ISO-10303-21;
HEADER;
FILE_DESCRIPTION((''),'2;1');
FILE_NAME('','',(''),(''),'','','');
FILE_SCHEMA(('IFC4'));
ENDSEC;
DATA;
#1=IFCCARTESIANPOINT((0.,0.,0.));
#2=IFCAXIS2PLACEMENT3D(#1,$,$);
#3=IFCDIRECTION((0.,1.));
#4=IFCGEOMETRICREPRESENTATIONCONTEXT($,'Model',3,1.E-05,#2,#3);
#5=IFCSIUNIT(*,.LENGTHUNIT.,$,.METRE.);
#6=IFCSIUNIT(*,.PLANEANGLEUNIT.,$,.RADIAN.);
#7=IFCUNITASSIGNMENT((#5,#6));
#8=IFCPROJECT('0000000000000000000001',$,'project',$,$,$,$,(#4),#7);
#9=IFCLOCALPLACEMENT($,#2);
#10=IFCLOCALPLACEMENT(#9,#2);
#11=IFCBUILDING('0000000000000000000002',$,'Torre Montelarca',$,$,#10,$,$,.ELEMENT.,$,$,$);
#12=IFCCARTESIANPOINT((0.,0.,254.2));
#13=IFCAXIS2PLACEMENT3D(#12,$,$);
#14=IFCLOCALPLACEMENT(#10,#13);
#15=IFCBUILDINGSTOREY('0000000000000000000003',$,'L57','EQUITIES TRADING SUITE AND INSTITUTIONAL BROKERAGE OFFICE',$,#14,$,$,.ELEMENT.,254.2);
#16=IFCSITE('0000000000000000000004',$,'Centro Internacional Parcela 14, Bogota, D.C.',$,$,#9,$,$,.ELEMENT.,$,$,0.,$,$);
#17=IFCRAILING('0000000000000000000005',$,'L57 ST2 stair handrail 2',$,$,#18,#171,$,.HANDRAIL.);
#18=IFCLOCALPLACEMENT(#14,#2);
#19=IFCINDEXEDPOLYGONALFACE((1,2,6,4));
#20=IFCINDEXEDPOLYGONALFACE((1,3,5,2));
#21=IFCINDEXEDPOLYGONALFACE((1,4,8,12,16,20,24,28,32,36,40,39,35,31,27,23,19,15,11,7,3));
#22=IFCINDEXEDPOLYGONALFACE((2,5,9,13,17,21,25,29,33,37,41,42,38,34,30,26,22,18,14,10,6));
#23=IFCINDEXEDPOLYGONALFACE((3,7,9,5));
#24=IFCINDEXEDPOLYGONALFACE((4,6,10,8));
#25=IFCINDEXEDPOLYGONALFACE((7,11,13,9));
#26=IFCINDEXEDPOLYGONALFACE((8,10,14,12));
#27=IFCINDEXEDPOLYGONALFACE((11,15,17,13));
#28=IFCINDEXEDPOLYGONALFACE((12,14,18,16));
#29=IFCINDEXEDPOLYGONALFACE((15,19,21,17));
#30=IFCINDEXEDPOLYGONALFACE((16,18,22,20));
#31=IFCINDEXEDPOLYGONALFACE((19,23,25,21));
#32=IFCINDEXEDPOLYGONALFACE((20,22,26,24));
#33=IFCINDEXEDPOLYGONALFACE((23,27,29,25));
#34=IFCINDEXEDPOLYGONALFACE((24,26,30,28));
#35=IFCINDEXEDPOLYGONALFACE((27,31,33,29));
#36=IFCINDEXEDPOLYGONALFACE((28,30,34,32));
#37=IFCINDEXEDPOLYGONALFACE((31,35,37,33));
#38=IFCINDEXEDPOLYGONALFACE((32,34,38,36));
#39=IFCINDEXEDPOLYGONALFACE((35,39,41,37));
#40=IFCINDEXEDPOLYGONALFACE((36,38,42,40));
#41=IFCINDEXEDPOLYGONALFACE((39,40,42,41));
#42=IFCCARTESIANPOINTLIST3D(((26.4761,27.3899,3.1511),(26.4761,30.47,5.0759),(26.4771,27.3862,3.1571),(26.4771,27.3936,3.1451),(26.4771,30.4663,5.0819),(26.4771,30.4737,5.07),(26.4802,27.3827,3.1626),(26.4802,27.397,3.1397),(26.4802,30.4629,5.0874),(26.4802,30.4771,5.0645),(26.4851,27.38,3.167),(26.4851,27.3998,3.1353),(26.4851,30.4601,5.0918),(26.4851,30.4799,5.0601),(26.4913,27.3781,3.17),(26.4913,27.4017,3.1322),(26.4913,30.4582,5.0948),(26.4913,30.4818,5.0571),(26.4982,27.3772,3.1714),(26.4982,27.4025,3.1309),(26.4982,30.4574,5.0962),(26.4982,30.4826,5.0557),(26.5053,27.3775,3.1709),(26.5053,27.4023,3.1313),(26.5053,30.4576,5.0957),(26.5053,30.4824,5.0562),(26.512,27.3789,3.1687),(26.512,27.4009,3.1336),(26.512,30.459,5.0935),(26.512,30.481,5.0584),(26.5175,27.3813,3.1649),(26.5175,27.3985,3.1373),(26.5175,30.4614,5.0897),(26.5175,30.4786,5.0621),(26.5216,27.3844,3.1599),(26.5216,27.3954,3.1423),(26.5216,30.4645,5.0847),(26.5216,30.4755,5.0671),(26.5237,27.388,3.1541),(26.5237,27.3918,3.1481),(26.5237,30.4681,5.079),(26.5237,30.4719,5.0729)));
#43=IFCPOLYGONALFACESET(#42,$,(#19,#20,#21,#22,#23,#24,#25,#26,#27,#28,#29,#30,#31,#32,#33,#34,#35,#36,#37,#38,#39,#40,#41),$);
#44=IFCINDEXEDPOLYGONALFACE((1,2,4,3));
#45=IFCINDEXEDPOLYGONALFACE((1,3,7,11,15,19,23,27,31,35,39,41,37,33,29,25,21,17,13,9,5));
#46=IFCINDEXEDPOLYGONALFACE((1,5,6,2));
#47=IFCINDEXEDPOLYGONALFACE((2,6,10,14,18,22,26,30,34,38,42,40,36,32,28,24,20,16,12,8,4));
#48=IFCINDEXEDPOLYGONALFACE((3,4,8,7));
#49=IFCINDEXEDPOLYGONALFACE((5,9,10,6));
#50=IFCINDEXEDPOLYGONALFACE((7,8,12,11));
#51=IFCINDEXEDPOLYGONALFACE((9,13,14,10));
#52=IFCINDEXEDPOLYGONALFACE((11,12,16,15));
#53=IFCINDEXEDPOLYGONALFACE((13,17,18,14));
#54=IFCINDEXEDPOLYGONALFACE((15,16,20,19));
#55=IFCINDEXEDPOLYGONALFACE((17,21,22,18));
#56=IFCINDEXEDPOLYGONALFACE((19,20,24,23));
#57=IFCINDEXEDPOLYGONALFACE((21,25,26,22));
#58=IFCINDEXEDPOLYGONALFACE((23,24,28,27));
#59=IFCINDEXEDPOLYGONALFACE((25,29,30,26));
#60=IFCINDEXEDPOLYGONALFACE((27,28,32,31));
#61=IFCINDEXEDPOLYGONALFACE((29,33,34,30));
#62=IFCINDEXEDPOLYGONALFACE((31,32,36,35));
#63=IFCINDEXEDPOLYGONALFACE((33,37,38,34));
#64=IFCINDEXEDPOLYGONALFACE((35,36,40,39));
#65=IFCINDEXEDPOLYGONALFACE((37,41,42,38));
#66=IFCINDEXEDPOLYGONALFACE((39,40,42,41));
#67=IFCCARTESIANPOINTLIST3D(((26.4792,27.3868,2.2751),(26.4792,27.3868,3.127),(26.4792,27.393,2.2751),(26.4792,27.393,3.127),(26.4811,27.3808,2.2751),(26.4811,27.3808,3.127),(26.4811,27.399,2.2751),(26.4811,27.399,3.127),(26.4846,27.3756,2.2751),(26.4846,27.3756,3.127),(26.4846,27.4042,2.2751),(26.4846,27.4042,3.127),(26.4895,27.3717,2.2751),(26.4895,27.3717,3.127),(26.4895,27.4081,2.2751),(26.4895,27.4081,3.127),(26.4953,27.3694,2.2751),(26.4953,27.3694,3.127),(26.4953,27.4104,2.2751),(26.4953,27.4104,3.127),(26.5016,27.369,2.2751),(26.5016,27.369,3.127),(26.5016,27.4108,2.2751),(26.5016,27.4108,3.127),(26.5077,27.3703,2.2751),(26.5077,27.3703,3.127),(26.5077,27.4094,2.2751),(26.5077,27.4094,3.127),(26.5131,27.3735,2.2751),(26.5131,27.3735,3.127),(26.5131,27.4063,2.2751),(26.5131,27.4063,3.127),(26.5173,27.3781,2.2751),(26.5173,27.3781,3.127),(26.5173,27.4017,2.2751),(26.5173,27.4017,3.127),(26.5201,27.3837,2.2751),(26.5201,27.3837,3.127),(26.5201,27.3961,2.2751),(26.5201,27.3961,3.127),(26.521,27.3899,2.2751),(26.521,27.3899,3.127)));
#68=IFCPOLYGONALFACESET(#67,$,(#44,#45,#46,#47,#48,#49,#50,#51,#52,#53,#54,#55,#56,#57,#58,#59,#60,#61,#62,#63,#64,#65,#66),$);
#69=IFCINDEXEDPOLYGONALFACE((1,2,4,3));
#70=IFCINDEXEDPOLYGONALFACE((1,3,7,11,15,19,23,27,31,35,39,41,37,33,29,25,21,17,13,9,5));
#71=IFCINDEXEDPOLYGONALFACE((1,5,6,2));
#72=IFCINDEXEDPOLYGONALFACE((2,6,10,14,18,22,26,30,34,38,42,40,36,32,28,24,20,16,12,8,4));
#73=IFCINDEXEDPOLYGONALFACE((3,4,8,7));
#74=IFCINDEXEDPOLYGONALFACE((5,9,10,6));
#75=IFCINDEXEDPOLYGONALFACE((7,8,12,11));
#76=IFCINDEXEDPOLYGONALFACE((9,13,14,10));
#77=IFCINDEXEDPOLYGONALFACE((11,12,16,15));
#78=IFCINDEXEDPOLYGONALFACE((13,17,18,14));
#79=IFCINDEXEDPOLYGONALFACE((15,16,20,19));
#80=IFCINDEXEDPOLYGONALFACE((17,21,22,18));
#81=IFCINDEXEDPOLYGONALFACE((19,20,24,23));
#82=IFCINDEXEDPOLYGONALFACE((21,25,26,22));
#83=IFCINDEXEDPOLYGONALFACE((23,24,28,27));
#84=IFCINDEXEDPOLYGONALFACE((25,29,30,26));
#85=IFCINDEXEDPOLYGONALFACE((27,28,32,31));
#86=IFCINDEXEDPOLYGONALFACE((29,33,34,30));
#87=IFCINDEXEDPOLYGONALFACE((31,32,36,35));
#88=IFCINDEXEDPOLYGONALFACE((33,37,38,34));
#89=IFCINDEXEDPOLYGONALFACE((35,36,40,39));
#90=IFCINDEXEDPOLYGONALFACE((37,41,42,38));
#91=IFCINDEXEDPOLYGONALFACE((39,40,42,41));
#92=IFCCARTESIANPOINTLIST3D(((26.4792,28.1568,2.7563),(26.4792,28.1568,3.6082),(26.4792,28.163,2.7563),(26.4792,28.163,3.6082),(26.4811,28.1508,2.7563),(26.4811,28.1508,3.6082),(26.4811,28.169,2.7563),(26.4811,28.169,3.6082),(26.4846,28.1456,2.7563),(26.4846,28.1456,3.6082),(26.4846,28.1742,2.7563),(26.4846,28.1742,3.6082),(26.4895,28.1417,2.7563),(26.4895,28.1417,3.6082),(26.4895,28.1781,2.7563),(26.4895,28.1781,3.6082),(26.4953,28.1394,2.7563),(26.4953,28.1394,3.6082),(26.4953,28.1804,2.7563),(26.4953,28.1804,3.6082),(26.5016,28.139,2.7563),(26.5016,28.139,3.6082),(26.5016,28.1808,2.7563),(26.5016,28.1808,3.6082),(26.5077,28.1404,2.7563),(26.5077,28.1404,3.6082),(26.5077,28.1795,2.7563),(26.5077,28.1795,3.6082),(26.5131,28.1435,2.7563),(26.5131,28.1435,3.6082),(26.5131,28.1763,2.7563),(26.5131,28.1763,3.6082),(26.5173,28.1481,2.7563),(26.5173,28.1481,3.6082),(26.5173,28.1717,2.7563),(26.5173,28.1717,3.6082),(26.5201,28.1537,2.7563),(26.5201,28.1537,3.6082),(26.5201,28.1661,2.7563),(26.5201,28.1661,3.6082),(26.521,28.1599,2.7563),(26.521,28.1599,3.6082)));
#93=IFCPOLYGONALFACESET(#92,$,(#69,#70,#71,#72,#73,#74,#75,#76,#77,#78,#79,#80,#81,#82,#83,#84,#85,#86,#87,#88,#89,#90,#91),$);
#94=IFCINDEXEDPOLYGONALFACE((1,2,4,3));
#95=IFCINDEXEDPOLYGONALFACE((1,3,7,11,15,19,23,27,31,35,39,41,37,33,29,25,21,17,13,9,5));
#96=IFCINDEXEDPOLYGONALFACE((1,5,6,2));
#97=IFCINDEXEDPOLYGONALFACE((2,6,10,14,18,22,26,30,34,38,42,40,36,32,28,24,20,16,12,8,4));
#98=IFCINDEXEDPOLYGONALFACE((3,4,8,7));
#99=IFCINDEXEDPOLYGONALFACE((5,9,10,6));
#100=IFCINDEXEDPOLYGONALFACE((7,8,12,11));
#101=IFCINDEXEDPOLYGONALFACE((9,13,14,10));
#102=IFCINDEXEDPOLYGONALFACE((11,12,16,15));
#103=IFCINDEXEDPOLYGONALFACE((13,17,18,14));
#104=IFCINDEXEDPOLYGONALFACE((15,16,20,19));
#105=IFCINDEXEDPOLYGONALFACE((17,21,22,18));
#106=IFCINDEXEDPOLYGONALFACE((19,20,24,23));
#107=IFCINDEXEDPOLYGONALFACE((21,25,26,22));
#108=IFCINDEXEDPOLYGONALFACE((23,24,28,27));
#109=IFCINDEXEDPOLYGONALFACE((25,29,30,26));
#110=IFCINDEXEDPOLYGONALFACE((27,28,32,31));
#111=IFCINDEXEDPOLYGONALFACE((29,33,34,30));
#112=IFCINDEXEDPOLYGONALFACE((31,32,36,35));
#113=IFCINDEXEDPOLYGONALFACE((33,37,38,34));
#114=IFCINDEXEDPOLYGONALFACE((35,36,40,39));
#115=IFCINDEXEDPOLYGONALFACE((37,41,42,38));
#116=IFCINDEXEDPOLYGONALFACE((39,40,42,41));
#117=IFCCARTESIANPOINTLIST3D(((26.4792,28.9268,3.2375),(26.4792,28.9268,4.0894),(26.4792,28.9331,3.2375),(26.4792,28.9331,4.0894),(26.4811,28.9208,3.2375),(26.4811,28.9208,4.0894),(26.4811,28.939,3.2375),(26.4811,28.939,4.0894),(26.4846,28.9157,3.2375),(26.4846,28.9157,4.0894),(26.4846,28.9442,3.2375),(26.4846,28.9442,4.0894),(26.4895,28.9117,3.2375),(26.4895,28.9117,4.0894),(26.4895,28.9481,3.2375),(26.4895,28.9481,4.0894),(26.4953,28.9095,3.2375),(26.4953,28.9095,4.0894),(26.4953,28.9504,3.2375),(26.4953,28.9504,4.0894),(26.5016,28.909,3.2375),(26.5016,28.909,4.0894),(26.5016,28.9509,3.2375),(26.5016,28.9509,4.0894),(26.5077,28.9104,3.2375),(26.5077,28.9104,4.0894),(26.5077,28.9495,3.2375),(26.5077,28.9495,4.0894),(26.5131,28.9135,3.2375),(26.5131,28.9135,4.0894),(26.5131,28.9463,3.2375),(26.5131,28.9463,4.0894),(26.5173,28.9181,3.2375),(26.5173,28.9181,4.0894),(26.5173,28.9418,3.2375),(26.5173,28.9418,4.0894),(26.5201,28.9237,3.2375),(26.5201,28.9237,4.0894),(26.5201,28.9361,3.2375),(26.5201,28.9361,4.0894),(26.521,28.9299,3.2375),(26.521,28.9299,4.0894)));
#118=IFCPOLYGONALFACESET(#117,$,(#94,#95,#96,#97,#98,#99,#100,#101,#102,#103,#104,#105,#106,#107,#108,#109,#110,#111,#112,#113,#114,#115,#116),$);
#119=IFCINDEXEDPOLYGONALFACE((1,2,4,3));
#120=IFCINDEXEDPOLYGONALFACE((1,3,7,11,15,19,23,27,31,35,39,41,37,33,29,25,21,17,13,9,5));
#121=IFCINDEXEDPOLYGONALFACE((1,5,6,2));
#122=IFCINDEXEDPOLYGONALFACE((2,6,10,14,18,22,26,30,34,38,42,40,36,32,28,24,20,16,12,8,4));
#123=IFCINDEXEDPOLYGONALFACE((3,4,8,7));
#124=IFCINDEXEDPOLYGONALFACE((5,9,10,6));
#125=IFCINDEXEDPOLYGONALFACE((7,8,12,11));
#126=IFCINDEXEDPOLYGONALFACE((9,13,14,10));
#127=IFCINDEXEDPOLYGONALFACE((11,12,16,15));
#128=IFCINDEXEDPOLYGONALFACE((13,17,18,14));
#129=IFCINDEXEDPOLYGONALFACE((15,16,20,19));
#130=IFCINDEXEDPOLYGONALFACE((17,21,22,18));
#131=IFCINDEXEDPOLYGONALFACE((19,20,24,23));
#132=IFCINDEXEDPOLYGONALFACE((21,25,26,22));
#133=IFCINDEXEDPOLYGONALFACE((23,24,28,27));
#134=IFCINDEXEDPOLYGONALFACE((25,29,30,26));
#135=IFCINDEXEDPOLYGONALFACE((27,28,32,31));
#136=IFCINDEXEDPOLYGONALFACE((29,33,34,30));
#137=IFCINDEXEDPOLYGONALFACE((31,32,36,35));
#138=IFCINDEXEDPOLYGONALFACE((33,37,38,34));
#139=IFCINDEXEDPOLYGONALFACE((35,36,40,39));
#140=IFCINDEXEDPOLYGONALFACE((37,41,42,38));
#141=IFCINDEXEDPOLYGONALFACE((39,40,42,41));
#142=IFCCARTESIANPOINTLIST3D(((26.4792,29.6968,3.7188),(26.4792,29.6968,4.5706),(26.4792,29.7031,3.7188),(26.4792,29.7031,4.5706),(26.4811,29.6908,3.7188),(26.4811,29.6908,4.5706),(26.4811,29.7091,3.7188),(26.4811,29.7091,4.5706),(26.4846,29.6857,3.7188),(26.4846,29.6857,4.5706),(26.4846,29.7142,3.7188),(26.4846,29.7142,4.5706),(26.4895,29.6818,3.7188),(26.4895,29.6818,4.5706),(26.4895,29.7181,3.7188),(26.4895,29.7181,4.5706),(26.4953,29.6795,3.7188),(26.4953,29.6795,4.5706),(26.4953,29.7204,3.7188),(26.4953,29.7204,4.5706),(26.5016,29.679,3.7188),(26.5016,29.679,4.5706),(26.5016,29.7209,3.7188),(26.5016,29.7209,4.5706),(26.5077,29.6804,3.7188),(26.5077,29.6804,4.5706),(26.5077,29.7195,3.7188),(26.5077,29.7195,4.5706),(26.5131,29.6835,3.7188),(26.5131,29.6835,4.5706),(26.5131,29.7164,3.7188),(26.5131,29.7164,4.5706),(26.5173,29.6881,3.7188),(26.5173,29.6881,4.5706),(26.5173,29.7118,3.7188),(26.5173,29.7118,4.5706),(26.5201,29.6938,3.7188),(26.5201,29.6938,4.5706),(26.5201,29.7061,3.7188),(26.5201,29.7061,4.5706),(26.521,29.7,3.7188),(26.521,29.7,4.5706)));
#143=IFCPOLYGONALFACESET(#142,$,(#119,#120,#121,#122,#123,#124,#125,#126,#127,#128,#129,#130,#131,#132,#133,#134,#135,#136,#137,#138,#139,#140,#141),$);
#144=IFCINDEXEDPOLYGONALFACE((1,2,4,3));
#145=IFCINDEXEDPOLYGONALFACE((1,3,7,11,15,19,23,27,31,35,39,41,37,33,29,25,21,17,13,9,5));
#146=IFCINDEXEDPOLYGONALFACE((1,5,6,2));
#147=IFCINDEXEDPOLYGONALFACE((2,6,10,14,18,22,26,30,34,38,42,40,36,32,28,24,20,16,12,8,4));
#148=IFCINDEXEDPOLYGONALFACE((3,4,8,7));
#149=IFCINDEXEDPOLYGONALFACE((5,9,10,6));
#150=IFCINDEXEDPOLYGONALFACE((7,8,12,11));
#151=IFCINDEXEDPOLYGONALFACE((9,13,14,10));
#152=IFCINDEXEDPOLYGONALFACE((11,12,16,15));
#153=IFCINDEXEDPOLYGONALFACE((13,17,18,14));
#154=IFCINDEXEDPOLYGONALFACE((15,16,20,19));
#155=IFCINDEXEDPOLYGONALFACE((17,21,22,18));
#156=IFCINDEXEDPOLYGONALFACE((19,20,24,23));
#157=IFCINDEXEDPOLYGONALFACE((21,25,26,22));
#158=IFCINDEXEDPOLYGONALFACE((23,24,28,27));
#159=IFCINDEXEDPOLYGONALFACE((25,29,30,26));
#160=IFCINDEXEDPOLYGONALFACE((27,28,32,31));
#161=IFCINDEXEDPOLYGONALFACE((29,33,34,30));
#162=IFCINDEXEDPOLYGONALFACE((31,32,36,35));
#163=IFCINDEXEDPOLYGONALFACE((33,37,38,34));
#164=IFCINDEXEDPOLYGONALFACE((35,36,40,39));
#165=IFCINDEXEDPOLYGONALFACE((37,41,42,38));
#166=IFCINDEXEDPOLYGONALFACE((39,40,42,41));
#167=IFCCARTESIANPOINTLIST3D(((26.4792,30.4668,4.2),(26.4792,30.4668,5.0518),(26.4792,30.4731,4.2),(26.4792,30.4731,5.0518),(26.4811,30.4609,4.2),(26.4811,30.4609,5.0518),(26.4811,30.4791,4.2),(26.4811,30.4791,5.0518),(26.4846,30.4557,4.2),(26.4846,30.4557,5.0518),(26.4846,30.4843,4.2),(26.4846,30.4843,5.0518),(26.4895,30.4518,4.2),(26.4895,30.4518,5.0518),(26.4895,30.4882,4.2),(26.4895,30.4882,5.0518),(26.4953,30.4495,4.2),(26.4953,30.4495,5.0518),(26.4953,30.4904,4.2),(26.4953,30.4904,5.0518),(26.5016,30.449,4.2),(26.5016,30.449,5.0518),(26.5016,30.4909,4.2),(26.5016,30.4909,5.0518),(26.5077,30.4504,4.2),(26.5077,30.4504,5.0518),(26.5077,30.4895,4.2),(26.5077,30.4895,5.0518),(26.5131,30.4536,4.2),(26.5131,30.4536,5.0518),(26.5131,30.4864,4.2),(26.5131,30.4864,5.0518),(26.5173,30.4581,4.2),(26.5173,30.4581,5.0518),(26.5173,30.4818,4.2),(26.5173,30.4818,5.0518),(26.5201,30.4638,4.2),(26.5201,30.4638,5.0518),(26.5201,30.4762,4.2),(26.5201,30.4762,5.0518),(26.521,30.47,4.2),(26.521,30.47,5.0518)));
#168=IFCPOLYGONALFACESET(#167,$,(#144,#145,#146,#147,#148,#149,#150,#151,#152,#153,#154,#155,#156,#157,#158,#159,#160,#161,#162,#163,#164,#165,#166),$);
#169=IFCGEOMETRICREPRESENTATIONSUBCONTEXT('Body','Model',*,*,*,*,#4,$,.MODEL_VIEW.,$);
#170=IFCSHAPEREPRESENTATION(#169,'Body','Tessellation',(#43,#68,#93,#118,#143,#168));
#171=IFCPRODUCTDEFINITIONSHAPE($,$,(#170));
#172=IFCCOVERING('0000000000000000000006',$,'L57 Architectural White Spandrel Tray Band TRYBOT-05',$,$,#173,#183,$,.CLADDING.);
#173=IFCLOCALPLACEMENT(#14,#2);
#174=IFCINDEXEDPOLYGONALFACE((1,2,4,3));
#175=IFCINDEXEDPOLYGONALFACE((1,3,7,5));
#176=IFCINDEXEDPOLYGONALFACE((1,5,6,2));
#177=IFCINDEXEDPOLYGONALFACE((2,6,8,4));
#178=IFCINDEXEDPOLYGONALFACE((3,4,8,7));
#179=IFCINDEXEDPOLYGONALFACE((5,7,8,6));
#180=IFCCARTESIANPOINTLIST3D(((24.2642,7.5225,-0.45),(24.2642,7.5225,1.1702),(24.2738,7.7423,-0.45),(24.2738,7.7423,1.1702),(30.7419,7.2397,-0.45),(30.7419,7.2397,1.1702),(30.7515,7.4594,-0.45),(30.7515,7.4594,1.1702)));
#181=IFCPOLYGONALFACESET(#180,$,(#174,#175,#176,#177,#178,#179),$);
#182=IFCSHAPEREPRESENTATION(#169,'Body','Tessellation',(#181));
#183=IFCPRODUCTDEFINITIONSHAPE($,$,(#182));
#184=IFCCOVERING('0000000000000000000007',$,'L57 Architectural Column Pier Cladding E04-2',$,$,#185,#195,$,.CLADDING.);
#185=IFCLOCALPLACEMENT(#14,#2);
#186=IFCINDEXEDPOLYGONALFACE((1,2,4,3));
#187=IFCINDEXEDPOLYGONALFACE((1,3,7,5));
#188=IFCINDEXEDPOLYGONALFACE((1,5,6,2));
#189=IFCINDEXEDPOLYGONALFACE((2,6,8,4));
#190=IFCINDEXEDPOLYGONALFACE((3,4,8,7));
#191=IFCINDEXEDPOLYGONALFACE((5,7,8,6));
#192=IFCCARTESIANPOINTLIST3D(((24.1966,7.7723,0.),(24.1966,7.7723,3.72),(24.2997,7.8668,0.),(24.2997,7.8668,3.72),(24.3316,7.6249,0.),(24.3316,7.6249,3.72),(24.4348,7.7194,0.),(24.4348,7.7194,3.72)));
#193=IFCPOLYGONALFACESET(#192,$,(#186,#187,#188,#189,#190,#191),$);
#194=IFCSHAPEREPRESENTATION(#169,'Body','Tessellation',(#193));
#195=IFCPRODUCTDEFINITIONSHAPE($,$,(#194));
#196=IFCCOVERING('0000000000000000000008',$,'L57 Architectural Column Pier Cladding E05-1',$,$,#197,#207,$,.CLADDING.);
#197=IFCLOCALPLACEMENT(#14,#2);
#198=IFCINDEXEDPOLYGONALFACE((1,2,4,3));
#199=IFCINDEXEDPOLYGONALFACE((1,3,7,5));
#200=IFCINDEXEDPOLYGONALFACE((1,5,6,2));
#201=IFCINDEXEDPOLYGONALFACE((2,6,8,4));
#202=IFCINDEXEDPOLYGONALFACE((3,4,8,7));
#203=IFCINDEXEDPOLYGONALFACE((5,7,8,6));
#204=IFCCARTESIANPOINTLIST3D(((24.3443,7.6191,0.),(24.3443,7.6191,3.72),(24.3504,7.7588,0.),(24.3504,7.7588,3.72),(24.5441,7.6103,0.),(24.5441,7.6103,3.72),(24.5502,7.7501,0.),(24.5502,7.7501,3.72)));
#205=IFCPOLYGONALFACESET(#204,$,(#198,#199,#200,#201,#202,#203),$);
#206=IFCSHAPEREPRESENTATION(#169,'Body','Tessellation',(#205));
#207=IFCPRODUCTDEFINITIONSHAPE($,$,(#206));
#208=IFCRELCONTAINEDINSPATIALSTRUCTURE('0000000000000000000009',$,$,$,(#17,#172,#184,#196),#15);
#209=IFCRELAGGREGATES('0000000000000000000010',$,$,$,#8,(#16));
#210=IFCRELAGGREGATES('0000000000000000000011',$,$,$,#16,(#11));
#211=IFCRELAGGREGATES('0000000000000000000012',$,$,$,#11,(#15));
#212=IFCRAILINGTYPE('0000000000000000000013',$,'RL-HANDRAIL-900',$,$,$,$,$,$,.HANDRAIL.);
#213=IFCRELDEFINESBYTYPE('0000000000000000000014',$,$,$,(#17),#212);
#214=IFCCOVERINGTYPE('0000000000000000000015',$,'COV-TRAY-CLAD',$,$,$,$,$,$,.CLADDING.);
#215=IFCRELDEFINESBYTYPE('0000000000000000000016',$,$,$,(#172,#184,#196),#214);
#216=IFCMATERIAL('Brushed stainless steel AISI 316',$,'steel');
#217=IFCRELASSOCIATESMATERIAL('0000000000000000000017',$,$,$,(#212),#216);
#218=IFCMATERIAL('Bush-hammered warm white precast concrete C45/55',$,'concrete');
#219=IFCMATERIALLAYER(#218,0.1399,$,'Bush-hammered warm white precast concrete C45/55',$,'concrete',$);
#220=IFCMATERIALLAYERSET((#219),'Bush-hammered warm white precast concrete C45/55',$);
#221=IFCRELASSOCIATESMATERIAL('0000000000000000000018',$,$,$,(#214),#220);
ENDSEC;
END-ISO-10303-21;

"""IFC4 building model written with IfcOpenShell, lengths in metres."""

from ifc_helpers import new_model, si_unit, direction, frame, origin, origin_2d, place, context, subcontext, project, spatial, rectangle, circle, extrude, source, transform, mapped, material, layer, layer_set, type_object, element, save


model = new_model("IFC4")

# Units and contexts
model_context = context("Model", 3, precision=1e-05, world=origin(), true_north=direction((0.0, 1.0)))
body_context = subcontext(model_context, "Body", "Model", "MODEL_VIEW")
ifc_project = project(units=[si_unit("LENGTHUNIT", "METRE"), si_unit("PLANEANGLEUNIT", "RADIAN")], contexts=[model_context])

# Site, building, storey
site_placement = place(None, origin())
site = spatial("IfcSite", under=ifc_project, at=site_placement, Name="Centro Internacional Parcela 14, Bogota, D.C.", CompositionType="ELEMENT", RefElevation=0.0)
building_placement = place(site_placement, origin())
building = spatial("IfcBuilding", under=site, at=building_placement, Name="Torre Montelarca", CompositionType="ELEMENT")
storey_placement = place(building_placement, frame((0.0, 0.0, 254.2)))
storey = spatial("IfcBuildingStorey", under=building, at=storey_placement, Name="L57", Description="EQUITIES TRADING SUITE AND INSTITUTIONAL BROKERAGE OFFICE", CompositionType="ELEMENT", Elevation=254.2)

# Railing
ifc_material_1 = material(Name="Brushed stainless steel AISI 316", Category="steel")
railing_type_1 = type_object("IfcRailingType", Name="RL-HANDRAIL-900", PredefinedType="HANDRAIL", material=ifc_material_1)
railing_1_placement = place(storey_placement, frame((26.5, 27.3899, 2.2751)))
element("IfcRailing", 1, at=railing_1_placement, inside=storey, type_object=railing_type_1, Name="L57 ST2 stair handrail 2", PredefinedType="HANDRAIL", context=body_context, shape_type="SweptSolid", body=[
    extrude(circle(Radius=0.0239, at=origin_2d()), frame((0.0, 0.0, 0.876), z_axis=(0.0, 0.848029, 0.529951), x_axis=(-1.0, 0.0, 0.0)), (0.0, 0.0, 1.0), 3.6321),
    extrude(circle(Radius=0.021, at=origin_2d()), origin(), (0.0, 0.0, 1.0), 0.8518),
    extrude(circle(Radius=0.021, at=origin_2d()), frame((0.0, 0.77, 0.4812)), (0.0, 0.0, 1.0), 0.8518),
    extrude(circle(Radius=0.021, at=origin_2d()), frame((0.0, 1.54, 0.9624)), (0.0, 0.0, 1.0), 0.8518),
    extrude(circle(Radius=0.021, at=origin_2d()), frame((0.0, 2.3101, 1.4436)), (0.0, 0.0, 1.0), 0.8518),
    extrude(circle(Radius=0.021, at=origin_2d()), frame((0.0, 3.0801, 1.9248)), (0.0, 0.0, 1.0), 0.8518),
])

# Coverings
ifc_material_2 = material(Name="Bush-hammered warm white precast concrete C45/55", Category="concrete")
ifc_layer_1 = layer(ifc_material_2, 0.1399, Name="Bush-hammered warm white precast concrete C45/55", Category="concrete")
ifc_layer_set_1 = layer_set([ifc_layer_1], Name="Bush-hammered warm white precast concrete C45/55")
covering_type = type_object("IfcCoveringType", Name="COV-TRAY-CLAD", PredefinedType="CLADDING", material=ifc_layer_set_1)
shared_shape_1 = source(origin(), body_context, "Body", "SweptSolid", [
    extrude(rectangle(XDim=6.4839, YDim=0.22, at=origin_2d()), origin(), (0.0, 0.0, 1.0), 1.6201),
])
covering_placement = place(storey_placement, frame((27.5078, 7.491, -0.45), z_axis=(0.0, 0.0, 1.0), x_axis=(0.999048, -0.043621, 0.0)))
element("IfcCovering", 2, at=covering_placement, inside=storey, type_object=covering_type, Name="L57 Architectural White Spandrel Tray Band TRYBOT-05", PredefinedType="CLADDING", context=body_context, shape_type="MappedRepresentation", body=[
    mapped(shared_shape_1, transform((0.0, 0.0, 0.0), scale=1.0)),
])
shared_shape_2 = source(origin(), body_context, "Body", "SweptSolid", [
    extrude(rectangle(XDim=0.2, YDim=0.1399, at=origin_2d()), origin(), (0.0, 0.0, 1.0), 3.72),
])
for number, where, z_axis, x_axis, name in (
    (3, (24.3157, 7.7458, 0.0), (0.0, 0.0, 1.0), (0.675585, -0.737282, 0.0), "L57 Architectural Column Pier Cladding E04-2"),
    (4, (24.4473, 7.6846, 0.0), (0.0, 0.0, 1.0), (0.999048, -0.043628, 0.0), "L57 Architectural Column Pier Cladding E05-1"),
):
    element("IfcCovering", number, at=place(storey_placement, frame(where, z_axis=z_axis, x_axis=x_axis)), inside=storey, type_object=covering_type, Name=name, PredefinedType="CLADDING", context=body_context, shape_type="MappedRepresentation", body=[
        mapped(shared_shape_2, transform((0.0, 0.0, 0.0), scale=1.0)),
    ])

save(model, "model.ifc")
